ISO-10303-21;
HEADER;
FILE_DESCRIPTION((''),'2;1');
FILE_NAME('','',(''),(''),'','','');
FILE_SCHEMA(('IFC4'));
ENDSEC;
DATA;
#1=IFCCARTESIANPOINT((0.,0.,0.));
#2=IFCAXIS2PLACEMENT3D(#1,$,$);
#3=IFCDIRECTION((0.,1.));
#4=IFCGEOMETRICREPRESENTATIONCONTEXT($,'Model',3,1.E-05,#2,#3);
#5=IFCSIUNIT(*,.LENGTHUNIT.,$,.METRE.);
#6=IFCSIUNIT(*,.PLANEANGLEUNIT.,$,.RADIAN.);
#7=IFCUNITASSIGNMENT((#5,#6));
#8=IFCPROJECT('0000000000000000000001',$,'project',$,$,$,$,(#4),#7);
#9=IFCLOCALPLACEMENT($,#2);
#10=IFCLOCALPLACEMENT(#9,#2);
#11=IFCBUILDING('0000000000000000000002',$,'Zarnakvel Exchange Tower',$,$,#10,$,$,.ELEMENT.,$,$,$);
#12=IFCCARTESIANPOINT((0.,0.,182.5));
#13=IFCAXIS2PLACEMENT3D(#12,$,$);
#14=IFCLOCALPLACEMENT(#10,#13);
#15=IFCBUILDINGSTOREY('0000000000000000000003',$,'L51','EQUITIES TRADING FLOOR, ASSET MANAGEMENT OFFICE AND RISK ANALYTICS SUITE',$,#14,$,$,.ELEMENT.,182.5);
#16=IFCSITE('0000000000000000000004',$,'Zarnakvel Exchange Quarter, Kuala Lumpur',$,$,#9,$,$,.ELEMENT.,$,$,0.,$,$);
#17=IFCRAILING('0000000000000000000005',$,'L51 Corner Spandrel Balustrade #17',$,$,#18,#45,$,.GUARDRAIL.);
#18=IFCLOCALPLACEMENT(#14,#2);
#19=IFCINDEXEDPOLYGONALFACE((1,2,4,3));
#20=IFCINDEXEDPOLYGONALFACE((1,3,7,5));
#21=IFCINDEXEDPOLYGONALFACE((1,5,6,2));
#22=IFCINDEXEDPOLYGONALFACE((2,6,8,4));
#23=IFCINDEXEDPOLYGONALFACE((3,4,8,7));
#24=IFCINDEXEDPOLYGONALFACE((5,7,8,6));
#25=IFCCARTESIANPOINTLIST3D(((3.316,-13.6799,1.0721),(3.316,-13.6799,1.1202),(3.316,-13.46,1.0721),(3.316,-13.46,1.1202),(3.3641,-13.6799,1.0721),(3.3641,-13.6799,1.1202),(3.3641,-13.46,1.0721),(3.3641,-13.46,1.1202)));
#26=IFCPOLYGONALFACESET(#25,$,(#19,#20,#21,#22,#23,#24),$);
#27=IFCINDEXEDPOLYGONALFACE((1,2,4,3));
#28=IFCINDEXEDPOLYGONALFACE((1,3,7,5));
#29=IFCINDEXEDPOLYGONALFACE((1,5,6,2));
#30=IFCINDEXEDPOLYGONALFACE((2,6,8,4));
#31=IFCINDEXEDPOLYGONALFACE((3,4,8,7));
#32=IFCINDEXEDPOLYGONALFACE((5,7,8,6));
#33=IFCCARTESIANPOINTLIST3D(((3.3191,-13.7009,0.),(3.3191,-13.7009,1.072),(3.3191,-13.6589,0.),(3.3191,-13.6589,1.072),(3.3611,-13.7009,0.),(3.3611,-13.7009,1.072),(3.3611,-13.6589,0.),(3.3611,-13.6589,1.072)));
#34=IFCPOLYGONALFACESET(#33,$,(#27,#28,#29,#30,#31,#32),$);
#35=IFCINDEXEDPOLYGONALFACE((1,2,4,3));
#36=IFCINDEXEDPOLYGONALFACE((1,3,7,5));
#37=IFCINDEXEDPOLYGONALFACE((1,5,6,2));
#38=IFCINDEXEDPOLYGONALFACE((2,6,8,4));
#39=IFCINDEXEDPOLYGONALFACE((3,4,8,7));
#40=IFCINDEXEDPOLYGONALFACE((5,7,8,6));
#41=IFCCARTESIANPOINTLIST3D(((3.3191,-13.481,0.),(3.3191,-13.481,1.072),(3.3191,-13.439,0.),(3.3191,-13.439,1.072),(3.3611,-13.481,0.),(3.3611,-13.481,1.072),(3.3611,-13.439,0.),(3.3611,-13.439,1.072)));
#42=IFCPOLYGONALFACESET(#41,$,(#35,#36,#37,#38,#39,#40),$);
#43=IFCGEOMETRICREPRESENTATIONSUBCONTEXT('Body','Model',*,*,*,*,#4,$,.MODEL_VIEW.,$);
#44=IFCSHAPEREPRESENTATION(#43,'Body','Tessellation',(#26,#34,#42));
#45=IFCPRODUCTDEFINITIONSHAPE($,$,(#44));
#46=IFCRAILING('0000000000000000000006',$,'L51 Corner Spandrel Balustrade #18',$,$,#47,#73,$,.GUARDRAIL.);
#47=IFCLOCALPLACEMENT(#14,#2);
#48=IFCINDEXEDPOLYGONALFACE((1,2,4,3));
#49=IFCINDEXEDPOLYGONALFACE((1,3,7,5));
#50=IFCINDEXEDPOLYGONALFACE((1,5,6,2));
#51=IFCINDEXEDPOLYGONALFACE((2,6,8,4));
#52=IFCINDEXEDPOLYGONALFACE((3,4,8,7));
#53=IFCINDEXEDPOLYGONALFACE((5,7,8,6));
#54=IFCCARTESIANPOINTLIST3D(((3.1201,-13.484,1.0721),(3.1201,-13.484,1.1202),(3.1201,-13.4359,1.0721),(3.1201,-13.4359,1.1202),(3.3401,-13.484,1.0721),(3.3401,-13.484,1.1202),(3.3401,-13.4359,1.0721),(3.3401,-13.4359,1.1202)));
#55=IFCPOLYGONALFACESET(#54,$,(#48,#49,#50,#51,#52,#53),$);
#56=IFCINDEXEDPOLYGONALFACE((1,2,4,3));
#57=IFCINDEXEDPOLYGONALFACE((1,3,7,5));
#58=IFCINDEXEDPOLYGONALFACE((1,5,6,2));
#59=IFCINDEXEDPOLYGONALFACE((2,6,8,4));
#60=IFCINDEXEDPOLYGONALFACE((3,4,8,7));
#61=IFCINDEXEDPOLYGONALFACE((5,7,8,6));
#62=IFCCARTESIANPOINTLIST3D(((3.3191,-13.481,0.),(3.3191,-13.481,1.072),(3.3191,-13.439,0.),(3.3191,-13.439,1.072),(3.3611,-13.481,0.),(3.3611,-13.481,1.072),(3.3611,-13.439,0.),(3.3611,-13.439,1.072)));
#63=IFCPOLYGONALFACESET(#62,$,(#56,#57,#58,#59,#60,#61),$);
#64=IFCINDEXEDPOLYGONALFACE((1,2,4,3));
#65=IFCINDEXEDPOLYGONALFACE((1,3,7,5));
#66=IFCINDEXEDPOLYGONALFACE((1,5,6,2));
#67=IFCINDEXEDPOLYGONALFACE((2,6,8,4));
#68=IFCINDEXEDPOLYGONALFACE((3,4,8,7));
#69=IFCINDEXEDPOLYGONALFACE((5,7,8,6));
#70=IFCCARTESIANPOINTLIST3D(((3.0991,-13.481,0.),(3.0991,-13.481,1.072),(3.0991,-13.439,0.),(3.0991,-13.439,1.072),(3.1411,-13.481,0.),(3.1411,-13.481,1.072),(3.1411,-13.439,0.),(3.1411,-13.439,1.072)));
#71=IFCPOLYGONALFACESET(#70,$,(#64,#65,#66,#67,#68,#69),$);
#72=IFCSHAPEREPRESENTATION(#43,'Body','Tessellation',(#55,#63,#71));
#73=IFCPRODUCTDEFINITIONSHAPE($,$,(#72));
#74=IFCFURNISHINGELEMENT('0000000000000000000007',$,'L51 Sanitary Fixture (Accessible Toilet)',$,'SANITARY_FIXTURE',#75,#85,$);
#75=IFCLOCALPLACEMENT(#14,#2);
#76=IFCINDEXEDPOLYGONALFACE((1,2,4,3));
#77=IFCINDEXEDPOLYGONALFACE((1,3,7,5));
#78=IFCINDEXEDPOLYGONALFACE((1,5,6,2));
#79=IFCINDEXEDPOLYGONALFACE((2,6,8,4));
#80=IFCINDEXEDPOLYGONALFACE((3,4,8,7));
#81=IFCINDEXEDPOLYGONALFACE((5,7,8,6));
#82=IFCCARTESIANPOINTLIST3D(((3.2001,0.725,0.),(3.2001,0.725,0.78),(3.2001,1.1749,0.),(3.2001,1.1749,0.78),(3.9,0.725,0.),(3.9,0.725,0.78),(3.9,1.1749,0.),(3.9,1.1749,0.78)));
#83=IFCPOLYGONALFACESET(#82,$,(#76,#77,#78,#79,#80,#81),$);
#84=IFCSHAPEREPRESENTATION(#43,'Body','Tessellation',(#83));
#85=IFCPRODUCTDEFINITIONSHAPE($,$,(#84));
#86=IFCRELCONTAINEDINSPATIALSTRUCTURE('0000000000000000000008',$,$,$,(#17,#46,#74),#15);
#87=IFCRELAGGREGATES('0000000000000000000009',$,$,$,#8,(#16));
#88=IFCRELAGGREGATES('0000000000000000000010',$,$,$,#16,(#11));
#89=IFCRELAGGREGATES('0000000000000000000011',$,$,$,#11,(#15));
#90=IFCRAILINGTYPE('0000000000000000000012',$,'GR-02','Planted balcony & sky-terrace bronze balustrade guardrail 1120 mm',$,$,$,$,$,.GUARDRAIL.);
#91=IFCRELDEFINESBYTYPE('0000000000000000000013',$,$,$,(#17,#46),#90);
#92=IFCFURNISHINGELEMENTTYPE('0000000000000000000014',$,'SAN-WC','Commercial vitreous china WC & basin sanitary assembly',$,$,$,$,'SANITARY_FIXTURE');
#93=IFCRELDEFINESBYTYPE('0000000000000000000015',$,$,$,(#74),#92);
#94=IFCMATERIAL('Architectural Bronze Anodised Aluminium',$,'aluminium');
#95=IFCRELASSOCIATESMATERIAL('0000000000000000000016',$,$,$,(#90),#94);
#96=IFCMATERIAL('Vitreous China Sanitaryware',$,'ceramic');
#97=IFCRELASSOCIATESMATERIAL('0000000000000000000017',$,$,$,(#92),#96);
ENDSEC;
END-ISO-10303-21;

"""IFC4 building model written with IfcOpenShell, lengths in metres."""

from ifc_helpers import new_model, si_unit, direction, frame, origin, origin_2d, place, context, subcontext, project, spatial, rectangle, extrude, source, transform, mapped, material, type_object, element, save


model = new_model("IFC4")

# Units and contexts
model_context = context("Model", 3, precision=1e-05, world=origin(), true_north=direction((0.0, 1.0)))
body_context = subcontext(model_context, "Body", "Model", "MODEL_VIEW")
ifc_project = project(units=[si_unit("LENGTHUNIT", "METRE"), si_unit("PLANEANGLEUNIT", "RADIAN")], contexts=[model_context])

# Site, building, storey
site_placement = place(None, origin())
site = spatial("IfcSite", under=ifc_project, at=site_placement, Name="Zarnakvel Exchange Quarter, Kuala Lumpur", CompositionType="ELEMENT", RefElevation=0.0)
building_placement = place(site_placement, origin())
building = spatial("IfcBuilding", under=site, at=building_placement, Name="Zarnakvel Exchange Tower", CompositionType="ELEMENT")
storey_placement = place(building_placement, frame((0.0, 0.0, 182.5)))
storey = spatial("IfcBuildingStorey", under=building, at=storey_placement, Name="L51", Description="EQUITIES TRADING FLOOR, ASSET MANAGEMENT OFFICE AND RISK ANALYTICS SUITE", CompositionType="ELEMENT", Elevation=182.5)

# Railings
ifc_material_1 = material(Name="Architectural Bronze Anodised Aluminium", Category="aluminium")
railing_type = type_object("IfcRailingType", Name="GR-02", Description="Planted balcony & sky-terrace bronze balustrade guardrail 1120 mm", PredefinedType="GUARDRAIL", material=ifc_material_1)
railing_1_placement = place(storey_placement, frame((3.3401, -13.6799, 0.0)))
element("IfcRailing", 1, at=railing_1_placement, inside=storey, type_object=railing_type, Name="L51 Corner Spandrel Balustrade #17", PredefinedType="GUARDRAIL", context=body_context, shape_type="SweptSolid", body=[
    extrude(rectangle(XDim=0.0481, YDim=0.0481, at=origin_2d()), frame((0.0, 0.0, 1.0962), z_axis=(0.0, 1.0, 0.0), x_axis=(-1.0, 0.0, 0.0)), (0.0, 0.0, 1.0), 0.22),
    extrude(rectangle(XDim=0.042, YDim=0.042, at=origin_2d()), origin(), (0.0, 0.0, 1.0), 1.072),
    extrude(rectangle(XDim=0.042, YDim=0.042, at=origin_2d()), frame((0.0, 0.22, 0.0)), (0.0, 0.0, 1.0), 1.072),
])
railing_2_placement = place(storey_placement, frame((3.3401, -13.46, 0.0)))
element("IfcRailing", 2, at=railing_2_placement, inside=storey, type_object=railing_type, Name="L51 Corner Spandrel Balustrade #18", PredefinedType="GUARDRAIL", context=body_context, shape_type="SweptSolid", body=[
    extrude(rectangle(XDim=0.0481, YDim=0.0481, at=origin_2d()), frame((0.0, 0.0, 1.0962), z_axis=(-1.0, 0.0, 0.0), x_axis=(0.0, -1.0, 0.0)), (0.0, 0.0, 1.0), 0.22),
    extrude(rectangle(XDim=0.042, YDim=0.042, at=origin_2d()), origin(), (0.0, 0.0, 1.0), 1.072),
    extrude(rectangle(XDim=0.042, YDim=0.042, at=origin_2d()), frame((-0.22, 0.0, 0.0)), (0.0, 0.0, 1.0), 1.072),
])

# Furnishing element
ifc_material_2 = material(Name="Vitreous China Sanitaryware", Category="ceramic")
furnishing_element_type = type_object("IfcFurnishingElementType", Name="SAN-WC", Description="Commercial vitreous china WC & basin sanitary assembly", ElementType="SANITARY_FIXTURE", material=ifc_material_2)
shared_shape_1 = source(origin(), body_context, "Body", "SweptSolid", [
    extrude(rectangle(XDim=0.7, YDim=0.45, at=origin_2d()), origin(), (0.0, 0.0, 1.0), 0.78),
])
furnishing_placement = place(storey_placement, frame((3.55, 0.95, 0.0), z_axis=(0.0, 0.0, 1.0), x_axis=(1.0, 0.0, 0.0)))
element("IfcFurnishingElement", 3, at=furnishing_placement, inside=storey, type_object=furnishing_element_type, Name="L51 Sanitary Fixture (Accessible Toilet)", ObjectType="SANITARY_FIXTURE", context=body_context, shape_type="MappedRepresentation", body=[
    mapped(shared_shape_1, transform((0.0, 0.0, 0.0), x_axis=(1.0, 0.0, 0.0), y_axis=(0.0, 1.0, 0.0), z_axis=(0.0, 0.0, 1.0), scale=1.0)),
])

save(model, "model.ifc")
